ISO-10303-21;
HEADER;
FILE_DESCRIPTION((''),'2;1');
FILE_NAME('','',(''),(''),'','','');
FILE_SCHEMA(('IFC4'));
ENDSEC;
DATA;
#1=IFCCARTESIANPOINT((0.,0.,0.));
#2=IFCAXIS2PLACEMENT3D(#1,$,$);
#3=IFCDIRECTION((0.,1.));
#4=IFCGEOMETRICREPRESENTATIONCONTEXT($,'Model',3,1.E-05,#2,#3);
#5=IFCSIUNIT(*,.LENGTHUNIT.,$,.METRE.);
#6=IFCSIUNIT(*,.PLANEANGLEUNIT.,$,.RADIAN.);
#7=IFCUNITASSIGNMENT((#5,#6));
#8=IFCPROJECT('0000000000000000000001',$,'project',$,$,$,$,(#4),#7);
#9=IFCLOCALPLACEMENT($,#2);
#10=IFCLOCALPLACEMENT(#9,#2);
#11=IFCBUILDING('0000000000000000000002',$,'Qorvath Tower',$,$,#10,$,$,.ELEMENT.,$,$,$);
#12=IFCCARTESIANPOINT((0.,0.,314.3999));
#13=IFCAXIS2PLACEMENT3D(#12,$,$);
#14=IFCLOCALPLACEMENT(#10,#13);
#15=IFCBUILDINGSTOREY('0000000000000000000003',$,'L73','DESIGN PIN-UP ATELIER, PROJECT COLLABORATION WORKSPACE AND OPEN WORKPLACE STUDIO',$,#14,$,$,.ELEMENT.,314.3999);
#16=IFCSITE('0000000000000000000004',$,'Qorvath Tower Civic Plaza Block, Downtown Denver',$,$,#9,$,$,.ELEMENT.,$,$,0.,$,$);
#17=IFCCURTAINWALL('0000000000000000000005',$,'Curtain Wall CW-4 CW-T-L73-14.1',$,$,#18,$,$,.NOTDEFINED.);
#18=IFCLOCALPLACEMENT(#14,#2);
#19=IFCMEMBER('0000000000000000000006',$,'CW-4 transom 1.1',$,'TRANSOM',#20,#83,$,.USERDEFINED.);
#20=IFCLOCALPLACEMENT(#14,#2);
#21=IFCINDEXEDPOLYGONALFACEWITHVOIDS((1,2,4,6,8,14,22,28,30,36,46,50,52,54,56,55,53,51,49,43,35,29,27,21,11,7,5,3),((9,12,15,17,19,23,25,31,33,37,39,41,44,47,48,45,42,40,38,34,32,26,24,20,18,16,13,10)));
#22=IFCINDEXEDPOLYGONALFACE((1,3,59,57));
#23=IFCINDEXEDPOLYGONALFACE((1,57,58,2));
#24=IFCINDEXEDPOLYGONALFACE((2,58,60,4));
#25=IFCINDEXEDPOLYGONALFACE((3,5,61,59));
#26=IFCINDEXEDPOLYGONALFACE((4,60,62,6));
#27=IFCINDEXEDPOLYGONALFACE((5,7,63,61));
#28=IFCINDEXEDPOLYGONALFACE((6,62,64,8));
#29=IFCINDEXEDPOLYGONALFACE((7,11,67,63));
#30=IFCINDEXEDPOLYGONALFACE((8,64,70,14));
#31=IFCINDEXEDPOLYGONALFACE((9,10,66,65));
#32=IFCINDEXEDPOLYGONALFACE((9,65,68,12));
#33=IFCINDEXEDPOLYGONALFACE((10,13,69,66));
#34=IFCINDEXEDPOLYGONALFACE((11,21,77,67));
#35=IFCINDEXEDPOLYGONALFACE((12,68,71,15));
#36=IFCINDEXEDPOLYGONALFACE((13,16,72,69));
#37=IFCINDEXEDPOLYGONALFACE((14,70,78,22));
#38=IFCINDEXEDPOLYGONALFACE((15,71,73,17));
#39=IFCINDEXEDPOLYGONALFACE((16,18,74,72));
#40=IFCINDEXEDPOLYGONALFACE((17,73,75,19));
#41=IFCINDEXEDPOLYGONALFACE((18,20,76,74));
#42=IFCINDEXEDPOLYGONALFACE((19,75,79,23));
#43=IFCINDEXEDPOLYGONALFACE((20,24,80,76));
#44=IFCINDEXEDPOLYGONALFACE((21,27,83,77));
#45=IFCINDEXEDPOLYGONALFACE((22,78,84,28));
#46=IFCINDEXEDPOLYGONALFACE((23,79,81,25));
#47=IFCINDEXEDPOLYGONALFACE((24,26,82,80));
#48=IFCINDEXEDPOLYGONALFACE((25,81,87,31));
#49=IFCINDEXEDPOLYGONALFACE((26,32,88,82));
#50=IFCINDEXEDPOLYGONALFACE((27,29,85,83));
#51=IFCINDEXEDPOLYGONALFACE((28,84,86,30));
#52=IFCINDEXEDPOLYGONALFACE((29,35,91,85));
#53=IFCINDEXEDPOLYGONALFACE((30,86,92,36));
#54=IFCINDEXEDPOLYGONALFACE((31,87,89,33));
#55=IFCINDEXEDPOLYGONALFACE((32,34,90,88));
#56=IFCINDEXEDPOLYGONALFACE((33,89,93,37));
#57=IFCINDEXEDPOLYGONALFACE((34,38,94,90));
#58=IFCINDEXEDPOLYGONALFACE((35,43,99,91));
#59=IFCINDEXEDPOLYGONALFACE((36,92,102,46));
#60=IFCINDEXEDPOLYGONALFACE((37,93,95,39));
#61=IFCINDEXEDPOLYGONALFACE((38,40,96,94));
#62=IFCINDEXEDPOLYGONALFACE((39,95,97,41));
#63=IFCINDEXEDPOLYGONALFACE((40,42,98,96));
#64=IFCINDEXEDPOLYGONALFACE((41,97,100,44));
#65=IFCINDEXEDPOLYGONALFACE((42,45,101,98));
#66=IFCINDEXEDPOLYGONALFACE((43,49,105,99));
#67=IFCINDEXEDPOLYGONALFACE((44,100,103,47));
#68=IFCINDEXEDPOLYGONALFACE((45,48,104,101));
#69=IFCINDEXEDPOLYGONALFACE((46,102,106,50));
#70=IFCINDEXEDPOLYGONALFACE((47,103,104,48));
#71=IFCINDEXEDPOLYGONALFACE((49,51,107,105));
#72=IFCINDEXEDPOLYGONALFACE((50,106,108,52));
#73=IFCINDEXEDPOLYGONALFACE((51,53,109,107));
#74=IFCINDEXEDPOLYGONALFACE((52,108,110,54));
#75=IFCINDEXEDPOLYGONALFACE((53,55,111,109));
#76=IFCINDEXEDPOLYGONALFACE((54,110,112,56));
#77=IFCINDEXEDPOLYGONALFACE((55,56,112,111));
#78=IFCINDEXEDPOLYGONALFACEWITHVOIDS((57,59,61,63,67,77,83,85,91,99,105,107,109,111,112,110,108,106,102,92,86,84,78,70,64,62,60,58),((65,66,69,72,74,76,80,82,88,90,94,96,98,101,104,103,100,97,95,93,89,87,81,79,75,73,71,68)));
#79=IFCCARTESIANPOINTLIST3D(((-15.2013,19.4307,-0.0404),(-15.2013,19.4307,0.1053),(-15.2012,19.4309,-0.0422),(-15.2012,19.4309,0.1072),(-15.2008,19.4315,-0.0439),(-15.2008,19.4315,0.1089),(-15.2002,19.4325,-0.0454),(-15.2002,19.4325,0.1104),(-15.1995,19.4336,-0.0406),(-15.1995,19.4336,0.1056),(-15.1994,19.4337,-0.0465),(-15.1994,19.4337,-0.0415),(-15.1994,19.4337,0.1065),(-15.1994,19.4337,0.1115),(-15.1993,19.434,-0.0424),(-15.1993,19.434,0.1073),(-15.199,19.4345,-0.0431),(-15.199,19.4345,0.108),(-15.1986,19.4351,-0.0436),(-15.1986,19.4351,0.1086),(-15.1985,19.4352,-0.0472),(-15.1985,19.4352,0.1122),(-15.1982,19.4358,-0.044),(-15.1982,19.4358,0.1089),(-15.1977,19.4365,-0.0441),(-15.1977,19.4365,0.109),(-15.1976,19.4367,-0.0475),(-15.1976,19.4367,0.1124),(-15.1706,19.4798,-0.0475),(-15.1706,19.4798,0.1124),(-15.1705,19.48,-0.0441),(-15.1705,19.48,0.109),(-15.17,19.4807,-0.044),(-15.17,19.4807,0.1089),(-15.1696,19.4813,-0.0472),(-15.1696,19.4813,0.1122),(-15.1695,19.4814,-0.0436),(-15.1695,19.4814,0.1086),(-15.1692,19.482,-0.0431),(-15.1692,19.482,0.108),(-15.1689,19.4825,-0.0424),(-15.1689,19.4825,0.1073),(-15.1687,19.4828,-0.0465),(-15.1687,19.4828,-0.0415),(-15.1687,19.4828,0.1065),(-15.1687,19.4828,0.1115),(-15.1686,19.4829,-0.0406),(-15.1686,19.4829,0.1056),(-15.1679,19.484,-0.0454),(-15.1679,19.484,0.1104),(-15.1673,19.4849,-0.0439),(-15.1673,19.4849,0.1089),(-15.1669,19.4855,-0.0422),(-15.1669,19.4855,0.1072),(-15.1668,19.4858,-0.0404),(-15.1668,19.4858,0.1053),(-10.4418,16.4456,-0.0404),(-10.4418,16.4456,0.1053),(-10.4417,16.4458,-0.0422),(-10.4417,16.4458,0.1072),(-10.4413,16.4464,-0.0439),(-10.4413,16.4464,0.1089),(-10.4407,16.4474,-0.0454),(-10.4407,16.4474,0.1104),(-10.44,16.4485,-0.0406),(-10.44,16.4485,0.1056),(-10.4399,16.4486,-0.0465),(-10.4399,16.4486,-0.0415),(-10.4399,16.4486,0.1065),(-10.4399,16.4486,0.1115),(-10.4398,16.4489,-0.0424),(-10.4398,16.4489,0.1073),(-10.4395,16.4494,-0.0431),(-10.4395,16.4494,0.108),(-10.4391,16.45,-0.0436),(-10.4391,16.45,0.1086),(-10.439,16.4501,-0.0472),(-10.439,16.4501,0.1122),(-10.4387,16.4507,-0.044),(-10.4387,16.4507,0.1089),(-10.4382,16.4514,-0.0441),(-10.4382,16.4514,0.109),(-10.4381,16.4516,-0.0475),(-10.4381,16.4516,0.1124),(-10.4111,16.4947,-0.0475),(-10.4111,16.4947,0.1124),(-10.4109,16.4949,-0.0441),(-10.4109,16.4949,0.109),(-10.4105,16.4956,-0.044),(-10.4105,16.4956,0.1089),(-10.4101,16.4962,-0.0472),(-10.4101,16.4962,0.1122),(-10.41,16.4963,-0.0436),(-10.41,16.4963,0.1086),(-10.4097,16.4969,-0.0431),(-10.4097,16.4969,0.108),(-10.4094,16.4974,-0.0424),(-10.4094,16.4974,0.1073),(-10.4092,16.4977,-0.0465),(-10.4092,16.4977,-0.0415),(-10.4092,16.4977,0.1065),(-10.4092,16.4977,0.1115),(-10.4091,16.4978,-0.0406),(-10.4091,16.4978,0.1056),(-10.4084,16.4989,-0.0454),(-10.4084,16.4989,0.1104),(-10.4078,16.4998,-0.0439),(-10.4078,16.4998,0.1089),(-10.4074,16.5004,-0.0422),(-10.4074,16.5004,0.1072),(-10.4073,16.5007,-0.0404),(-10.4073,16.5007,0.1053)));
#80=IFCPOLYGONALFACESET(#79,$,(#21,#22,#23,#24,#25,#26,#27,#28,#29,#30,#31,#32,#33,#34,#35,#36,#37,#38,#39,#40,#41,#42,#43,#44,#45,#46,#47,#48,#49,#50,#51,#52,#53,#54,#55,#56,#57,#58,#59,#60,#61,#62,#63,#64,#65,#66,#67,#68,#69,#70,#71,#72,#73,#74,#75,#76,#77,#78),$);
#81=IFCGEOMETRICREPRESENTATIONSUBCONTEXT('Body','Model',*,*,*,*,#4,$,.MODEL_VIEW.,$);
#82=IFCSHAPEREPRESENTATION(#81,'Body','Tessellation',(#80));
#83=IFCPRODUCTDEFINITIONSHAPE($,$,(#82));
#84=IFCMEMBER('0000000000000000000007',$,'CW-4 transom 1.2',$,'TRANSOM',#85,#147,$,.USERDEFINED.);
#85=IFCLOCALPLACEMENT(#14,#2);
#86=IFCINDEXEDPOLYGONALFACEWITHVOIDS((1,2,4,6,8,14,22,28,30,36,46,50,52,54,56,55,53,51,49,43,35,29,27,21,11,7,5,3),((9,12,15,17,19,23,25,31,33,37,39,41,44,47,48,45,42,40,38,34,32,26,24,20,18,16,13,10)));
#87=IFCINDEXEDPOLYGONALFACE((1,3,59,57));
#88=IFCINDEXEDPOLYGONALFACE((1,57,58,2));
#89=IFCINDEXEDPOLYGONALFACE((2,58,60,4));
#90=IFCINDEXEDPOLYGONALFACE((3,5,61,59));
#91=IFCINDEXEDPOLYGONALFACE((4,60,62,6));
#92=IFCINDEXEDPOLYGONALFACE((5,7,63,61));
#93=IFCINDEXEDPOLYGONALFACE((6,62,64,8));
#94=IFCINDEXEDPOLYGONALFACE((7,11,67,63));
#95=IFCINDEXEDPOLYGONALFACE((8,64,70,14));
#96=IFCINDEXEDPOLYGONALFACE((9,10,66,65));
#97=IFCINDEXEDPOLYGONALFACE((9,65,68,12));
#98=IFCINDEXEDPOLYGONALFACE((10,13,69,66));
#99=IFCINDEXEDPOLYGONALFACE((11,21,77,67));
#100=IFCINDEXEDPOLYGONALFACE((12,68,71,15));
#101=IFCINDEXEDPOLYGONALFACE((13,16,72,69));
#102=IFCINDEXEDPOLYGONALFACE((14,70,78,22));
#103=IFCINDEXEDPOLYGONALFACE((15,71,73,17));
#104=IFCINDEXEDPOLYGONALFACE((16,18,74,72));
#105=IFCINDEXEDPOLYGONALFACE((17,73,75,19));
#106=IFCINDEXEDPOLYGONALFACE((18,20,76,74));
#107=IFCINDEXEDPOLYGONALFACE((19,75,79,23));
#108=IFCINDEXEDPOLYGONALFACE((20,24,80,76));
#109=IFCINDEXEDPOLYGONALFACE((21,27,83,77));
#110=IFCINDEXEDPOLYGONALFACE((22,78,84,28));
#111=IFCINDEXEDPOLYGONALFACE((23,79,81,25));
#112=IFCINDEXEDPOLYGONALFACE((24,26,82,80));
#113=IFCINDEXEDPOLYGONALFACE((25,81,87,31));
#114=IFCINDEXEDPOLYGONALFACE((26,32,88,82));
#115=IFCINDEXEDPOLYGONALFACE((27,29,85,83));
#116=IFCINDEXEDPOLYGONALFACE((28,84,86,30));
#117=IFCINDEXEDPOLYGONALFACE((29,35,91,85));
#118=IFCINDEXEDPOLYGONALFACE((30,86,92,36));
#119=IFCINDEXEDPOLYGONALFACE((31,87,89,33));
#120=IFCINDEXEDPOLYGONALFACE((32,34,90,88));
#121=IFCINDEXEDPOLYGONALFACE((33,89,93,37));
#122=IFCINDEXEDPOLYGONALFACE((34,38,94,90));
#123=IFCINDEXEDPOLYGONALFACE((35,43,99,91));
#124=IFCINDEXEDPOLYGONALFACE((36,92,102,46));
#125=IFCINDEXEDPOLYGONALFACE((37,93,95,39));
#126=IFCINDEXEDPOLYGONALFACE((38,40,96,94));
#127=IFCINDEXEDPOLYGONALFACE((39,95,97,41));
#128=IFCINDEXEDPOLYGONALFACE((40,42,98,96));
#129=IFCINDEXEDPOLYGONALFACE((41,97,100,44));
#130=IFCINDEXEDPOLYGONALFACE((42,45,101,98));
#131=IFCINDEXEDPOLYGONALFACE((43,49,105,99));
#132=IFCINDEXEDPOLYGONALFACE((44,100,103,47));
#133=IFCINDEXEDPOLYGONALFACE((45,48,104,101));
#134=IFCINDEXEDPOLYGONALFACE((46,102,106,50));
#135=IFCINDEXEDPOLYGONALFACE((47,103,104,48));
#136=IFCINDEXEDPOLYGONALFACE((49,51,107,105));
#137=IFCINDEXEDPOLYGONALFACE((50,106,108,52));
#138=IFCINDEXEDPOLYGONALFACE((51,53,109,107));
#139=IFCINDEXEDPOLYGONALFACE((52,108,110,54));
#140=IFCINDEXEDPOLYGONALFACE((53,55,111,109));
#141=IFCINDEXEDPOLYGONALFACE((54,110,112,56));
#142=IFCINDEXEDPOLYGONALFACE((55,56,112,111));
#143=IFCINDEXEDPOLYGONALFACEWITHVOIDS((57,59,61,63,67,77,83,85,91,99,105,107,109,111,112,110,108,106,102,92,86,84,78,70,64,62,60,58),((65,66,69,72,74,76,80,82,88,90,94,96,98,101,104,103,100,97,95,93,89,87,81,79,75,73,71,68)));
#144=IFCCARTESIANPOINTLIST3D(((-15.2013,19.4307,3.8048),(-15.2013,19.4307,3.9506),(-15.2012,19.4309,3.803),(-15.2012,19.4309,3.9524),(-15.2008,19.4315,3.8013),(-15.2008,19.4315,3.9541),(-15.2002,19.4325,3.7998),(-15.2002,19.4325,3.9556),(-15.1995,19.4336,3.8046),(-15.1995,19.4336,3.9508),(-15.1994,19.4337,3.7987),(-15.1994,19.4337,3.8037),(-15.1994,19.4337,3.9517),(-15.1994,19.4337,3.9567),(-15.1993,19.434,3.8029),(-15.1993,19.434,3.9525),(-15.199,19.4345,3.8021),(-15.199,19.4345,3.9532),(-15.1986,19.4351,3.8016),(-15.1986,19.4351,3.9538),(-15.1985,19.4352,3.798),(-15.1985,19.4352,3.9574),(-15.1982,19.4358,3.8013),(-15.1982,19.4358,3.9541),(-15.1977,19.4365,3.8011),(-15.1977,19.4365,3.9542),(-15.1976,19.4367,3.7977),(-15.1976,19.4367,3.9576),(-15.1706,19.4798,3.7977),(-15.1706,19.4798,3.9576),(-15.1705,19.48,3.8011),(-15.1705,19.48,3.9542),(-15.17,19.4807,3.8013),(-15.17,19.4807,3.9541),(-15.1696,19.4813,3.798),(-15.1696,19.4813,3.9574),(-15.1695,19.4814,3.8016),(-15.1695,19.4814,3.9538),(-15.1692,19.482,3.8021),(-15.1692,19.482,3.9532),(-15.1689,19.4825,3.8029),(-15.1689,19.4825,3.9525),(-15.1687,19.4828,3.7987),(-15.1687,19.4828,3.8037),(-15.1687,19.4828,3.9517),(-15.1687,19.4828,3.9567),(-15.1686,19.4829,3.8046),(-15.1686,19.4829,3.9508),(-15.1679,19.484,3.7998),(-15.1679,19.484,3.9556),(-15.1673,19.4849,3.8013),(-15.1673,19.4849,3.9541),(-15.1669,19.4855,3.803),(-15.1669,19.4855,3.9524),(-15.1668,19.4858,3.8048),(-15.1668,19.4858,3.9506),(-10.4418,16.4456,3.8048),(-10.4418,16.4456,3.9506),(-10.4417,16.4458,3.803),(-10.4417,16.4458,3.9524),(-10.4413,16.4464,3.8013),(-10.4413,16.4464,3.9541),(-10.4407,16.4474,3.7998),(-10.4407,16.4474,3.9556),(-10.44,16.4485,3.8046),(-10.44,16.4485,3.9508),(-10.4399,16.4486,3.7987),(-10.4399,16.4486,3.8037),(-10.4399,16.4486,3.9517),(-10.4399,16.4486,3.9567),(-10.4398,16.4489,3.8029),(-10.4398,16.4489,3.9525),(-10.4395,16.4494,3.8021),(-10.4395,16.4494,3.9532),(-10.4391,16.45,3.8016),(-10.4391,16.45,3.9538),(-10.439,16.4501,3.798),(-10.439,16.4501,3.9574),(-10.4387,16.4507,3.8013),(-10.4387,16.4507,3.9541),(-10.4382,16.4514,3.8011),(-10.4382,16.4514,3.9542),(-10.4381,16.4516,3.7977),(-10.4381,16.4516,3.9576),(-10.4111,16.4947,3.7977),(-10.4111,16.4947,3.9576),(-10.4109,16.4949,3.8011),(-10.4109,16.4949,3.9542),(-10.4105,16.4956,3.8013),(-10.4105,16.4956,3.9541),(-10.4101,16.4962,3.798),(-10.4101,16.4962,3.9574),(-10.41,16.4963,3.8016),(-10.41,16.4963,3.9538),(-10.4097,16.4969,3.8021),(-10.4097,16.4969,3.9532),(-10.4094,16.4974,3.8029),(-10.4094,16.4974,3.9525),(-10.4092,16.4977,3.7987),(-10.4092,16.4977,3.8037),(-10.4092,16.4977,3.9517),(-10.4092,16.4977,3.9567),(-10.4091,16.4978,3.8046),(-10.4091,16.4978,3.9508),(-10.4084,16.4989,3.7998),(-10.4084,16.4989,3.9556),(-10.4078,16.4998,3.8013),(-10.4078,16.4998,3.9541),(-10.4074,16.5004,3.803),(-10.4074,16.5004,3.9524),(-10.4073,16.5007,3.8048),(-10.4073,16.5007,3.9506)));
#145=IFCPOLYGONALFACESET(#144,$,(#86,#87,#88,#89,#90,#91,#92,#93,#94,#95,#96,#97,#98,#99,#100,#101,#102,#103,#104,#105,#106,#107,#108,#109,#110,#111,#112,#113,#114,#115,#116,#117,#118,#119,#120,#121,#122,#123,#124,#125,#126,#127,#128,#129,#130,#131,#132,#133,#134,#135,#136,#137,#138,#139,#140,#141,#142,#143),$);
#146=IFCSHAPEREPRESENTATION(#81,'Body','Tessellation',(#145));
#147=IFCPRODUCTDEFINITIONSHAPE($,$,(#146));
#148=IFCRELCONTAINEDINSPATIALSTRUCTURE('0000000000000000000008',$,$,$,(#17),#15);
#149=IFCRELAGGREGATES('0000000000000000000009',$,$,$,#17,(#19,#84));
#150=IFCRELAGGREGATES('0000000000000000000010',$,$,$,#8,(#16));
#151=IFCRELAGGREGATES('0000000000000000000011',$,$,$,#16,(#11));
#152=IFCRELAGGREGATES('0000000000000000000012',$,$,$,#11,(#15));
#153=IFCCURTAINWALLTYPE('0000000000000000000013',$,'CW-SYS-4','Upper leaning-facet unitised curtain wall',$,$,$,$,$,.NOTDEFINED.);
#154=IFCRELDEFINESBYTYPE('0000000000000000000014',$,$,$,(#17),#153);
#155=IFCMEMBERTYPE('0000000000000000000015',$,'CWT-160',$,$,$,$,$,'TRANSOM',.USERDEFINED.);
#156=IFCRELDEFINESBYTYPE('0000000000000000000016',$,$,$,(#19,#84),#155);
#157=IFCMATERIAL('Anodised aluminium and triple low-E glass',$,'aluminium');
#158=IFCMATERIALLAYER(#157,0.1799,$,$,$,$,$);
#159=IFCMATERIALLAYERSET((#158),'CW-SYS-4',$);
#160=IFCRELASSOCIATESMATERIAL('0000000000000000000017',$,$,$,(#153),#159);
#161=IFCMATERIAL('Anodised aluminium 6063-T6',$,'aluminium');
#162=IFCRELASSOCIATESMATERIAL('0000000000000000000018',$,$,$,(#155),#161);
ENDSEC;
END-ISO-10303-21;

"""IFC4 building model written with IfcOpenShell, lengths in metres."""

from ifc_helpers import new_model, si_unit, direction, frame, origin, origin_2d, place, context, subcontext, project, spatial, hollow_rectangle, extrude, material, layer, layer_set, material_profile, profile_set, type_object, element, aggregate, save


model = new_model("IFC4")

# Units and contexts
model_context = context("Model", 3, precision=1e-05, world=origin(), true_north=direction((0.0, 1.0)))
body_context = subcontext(model_context, "Body", "Model", "MODEL_VIEW")
ifc_project = project(units=[si_unit("LENGTHUNIT", "METRE"), si_unit("PLANEANGLEUNIT", "RADIAN")], contexts=[model_context])

# Site, building, storey
site_placement = place(None, origin())
site = spatial("IfcSite", under=ifc_project, at=site_placement, Name="Qorvath Tower Civic Plaza Block, Downtown Denver", CompositionType="ELEMENT", RefElevation=0.0)
building_placement = place(site_placement, origin())
building = spatial("IfcBuilding", under=site, at=building_placement, Name="Qorvath Tower", CompositionType="ELEMENT")
storey_placement = place(building_placement, frame((0.0, 0.0, 314.3999)))
storey = spatial("IfcBuildingStorey", under=building, at=storey_placement, Name="L73", Description="DESIGN PIN-UP ATELIER, PROJECT COLLABORATION WORKSPACE AND OPEN WORKPLACE STUDIO", CompositionType="ELEMENT", Elevation=314.3999)

# Shared definitions
ifc_material_1 = material(Name="Anodised aluminium and triple low-E glass", Category="aluminium")
ifc_layer_1 = layer(ifc_material_1, 0.1799)
ifc_layer_set_1 = layer_set([ifc_layer_1], Name="CW-SYS-4")
curtain_wall_type = type_object("IfcCurtainWallType", Name="CW-SYS-4", Description="Upper leaning-facet unitised curtain wall", PredefinedType="NOTDEFINED", material=ifc_layer_set_1)

# Curtain wall
curtain_wall_1_placement = place(storey_placement, origin())
curtain_wall_1 = element("IfcCurtainWall", 1, at=curtain_wall_1_placement, inside=storey, type_object=curtain_wall_type, Name="Curtain Wall CW-4 CW-T-L73-14.1", PredefinedType="NOTDEFINED")

# Members
ifc_material_2 = material(Name="Anodised aluminium 6063-T6", Category="aluminium")
ifc_material_profile_1 = material_profile(ifc_material_2, hollow_rectangle(XDim=0.0649, YDim=0.1599, WallThickness=0.0034, InnerFilletRadius=0.0034, OuterFilletRadius=0.0071, at=origin_2d()), Name="CWT 160x65")
ifc_profile_set_1 = profile_set([ifc_material_profile_1], Name="Anodised aluminium 6063-T6")
member_type_1 = type_object("IfcMemberType", Name="CWT-160", ElementType="TRANSOM", PredefinedType="USERDEFINED", material=ifc_profile_set_1)
member_1_placement = place(storey_placement, frame((-10.4246, 16.4731, 0.0325), z_axis=(-0.847165, 0.53133, 0.0), x_axis=(-0.53133, -0.847165, 0.0)))
member_1 = element("IfcMember", 2, at=member_1_placement, type_object=member_type_1, Name="CW-4 transom 1.1", ObjectType="TRANSOM", PredefinedType="USERDEFINED", context=body_context, shape_type="SweptSolid", body=[
    extrude(hollow_rectangle(XDim=0.0649, YDim=0.1599, WallThickness=0.0034, InnerFilletRadius=0.0034, OuterFilletRadius=0.0071, at=origin_2d()), origin(), (0.0, 0.0, 1.0), 5.6182),
])
member_2_placement = place(storey_placement, frame((-10.4246, 16.4731, 3.8777), z_axis=(-0.847165, 0.53133, 0.0), x_axis=(-0.53133, -0.847165, 0.0)))
member_2 = element("IfcMember", 3, at=member_2_placement, type_object=member_type_1, Name="CW-4 transom 1.2", ObjectType="TRANSOM", PredefinedType="USERDEFINED", context=body_context, shape_type="SweptSolid", body=[
    extrude(hollow_rectangle(XDim=0.0649, YDim=0.1599, WallThickness=0.0034, InnerFilletRadius=0.0034, OuterFilletRadius=0.0071, at=origin_2d()), origin(), (0.0, 0.0, 1.0), 5.6182),
])

aggregate(curtain_wall_1, [member_1, member_2])

save(model, "model.ifc")
